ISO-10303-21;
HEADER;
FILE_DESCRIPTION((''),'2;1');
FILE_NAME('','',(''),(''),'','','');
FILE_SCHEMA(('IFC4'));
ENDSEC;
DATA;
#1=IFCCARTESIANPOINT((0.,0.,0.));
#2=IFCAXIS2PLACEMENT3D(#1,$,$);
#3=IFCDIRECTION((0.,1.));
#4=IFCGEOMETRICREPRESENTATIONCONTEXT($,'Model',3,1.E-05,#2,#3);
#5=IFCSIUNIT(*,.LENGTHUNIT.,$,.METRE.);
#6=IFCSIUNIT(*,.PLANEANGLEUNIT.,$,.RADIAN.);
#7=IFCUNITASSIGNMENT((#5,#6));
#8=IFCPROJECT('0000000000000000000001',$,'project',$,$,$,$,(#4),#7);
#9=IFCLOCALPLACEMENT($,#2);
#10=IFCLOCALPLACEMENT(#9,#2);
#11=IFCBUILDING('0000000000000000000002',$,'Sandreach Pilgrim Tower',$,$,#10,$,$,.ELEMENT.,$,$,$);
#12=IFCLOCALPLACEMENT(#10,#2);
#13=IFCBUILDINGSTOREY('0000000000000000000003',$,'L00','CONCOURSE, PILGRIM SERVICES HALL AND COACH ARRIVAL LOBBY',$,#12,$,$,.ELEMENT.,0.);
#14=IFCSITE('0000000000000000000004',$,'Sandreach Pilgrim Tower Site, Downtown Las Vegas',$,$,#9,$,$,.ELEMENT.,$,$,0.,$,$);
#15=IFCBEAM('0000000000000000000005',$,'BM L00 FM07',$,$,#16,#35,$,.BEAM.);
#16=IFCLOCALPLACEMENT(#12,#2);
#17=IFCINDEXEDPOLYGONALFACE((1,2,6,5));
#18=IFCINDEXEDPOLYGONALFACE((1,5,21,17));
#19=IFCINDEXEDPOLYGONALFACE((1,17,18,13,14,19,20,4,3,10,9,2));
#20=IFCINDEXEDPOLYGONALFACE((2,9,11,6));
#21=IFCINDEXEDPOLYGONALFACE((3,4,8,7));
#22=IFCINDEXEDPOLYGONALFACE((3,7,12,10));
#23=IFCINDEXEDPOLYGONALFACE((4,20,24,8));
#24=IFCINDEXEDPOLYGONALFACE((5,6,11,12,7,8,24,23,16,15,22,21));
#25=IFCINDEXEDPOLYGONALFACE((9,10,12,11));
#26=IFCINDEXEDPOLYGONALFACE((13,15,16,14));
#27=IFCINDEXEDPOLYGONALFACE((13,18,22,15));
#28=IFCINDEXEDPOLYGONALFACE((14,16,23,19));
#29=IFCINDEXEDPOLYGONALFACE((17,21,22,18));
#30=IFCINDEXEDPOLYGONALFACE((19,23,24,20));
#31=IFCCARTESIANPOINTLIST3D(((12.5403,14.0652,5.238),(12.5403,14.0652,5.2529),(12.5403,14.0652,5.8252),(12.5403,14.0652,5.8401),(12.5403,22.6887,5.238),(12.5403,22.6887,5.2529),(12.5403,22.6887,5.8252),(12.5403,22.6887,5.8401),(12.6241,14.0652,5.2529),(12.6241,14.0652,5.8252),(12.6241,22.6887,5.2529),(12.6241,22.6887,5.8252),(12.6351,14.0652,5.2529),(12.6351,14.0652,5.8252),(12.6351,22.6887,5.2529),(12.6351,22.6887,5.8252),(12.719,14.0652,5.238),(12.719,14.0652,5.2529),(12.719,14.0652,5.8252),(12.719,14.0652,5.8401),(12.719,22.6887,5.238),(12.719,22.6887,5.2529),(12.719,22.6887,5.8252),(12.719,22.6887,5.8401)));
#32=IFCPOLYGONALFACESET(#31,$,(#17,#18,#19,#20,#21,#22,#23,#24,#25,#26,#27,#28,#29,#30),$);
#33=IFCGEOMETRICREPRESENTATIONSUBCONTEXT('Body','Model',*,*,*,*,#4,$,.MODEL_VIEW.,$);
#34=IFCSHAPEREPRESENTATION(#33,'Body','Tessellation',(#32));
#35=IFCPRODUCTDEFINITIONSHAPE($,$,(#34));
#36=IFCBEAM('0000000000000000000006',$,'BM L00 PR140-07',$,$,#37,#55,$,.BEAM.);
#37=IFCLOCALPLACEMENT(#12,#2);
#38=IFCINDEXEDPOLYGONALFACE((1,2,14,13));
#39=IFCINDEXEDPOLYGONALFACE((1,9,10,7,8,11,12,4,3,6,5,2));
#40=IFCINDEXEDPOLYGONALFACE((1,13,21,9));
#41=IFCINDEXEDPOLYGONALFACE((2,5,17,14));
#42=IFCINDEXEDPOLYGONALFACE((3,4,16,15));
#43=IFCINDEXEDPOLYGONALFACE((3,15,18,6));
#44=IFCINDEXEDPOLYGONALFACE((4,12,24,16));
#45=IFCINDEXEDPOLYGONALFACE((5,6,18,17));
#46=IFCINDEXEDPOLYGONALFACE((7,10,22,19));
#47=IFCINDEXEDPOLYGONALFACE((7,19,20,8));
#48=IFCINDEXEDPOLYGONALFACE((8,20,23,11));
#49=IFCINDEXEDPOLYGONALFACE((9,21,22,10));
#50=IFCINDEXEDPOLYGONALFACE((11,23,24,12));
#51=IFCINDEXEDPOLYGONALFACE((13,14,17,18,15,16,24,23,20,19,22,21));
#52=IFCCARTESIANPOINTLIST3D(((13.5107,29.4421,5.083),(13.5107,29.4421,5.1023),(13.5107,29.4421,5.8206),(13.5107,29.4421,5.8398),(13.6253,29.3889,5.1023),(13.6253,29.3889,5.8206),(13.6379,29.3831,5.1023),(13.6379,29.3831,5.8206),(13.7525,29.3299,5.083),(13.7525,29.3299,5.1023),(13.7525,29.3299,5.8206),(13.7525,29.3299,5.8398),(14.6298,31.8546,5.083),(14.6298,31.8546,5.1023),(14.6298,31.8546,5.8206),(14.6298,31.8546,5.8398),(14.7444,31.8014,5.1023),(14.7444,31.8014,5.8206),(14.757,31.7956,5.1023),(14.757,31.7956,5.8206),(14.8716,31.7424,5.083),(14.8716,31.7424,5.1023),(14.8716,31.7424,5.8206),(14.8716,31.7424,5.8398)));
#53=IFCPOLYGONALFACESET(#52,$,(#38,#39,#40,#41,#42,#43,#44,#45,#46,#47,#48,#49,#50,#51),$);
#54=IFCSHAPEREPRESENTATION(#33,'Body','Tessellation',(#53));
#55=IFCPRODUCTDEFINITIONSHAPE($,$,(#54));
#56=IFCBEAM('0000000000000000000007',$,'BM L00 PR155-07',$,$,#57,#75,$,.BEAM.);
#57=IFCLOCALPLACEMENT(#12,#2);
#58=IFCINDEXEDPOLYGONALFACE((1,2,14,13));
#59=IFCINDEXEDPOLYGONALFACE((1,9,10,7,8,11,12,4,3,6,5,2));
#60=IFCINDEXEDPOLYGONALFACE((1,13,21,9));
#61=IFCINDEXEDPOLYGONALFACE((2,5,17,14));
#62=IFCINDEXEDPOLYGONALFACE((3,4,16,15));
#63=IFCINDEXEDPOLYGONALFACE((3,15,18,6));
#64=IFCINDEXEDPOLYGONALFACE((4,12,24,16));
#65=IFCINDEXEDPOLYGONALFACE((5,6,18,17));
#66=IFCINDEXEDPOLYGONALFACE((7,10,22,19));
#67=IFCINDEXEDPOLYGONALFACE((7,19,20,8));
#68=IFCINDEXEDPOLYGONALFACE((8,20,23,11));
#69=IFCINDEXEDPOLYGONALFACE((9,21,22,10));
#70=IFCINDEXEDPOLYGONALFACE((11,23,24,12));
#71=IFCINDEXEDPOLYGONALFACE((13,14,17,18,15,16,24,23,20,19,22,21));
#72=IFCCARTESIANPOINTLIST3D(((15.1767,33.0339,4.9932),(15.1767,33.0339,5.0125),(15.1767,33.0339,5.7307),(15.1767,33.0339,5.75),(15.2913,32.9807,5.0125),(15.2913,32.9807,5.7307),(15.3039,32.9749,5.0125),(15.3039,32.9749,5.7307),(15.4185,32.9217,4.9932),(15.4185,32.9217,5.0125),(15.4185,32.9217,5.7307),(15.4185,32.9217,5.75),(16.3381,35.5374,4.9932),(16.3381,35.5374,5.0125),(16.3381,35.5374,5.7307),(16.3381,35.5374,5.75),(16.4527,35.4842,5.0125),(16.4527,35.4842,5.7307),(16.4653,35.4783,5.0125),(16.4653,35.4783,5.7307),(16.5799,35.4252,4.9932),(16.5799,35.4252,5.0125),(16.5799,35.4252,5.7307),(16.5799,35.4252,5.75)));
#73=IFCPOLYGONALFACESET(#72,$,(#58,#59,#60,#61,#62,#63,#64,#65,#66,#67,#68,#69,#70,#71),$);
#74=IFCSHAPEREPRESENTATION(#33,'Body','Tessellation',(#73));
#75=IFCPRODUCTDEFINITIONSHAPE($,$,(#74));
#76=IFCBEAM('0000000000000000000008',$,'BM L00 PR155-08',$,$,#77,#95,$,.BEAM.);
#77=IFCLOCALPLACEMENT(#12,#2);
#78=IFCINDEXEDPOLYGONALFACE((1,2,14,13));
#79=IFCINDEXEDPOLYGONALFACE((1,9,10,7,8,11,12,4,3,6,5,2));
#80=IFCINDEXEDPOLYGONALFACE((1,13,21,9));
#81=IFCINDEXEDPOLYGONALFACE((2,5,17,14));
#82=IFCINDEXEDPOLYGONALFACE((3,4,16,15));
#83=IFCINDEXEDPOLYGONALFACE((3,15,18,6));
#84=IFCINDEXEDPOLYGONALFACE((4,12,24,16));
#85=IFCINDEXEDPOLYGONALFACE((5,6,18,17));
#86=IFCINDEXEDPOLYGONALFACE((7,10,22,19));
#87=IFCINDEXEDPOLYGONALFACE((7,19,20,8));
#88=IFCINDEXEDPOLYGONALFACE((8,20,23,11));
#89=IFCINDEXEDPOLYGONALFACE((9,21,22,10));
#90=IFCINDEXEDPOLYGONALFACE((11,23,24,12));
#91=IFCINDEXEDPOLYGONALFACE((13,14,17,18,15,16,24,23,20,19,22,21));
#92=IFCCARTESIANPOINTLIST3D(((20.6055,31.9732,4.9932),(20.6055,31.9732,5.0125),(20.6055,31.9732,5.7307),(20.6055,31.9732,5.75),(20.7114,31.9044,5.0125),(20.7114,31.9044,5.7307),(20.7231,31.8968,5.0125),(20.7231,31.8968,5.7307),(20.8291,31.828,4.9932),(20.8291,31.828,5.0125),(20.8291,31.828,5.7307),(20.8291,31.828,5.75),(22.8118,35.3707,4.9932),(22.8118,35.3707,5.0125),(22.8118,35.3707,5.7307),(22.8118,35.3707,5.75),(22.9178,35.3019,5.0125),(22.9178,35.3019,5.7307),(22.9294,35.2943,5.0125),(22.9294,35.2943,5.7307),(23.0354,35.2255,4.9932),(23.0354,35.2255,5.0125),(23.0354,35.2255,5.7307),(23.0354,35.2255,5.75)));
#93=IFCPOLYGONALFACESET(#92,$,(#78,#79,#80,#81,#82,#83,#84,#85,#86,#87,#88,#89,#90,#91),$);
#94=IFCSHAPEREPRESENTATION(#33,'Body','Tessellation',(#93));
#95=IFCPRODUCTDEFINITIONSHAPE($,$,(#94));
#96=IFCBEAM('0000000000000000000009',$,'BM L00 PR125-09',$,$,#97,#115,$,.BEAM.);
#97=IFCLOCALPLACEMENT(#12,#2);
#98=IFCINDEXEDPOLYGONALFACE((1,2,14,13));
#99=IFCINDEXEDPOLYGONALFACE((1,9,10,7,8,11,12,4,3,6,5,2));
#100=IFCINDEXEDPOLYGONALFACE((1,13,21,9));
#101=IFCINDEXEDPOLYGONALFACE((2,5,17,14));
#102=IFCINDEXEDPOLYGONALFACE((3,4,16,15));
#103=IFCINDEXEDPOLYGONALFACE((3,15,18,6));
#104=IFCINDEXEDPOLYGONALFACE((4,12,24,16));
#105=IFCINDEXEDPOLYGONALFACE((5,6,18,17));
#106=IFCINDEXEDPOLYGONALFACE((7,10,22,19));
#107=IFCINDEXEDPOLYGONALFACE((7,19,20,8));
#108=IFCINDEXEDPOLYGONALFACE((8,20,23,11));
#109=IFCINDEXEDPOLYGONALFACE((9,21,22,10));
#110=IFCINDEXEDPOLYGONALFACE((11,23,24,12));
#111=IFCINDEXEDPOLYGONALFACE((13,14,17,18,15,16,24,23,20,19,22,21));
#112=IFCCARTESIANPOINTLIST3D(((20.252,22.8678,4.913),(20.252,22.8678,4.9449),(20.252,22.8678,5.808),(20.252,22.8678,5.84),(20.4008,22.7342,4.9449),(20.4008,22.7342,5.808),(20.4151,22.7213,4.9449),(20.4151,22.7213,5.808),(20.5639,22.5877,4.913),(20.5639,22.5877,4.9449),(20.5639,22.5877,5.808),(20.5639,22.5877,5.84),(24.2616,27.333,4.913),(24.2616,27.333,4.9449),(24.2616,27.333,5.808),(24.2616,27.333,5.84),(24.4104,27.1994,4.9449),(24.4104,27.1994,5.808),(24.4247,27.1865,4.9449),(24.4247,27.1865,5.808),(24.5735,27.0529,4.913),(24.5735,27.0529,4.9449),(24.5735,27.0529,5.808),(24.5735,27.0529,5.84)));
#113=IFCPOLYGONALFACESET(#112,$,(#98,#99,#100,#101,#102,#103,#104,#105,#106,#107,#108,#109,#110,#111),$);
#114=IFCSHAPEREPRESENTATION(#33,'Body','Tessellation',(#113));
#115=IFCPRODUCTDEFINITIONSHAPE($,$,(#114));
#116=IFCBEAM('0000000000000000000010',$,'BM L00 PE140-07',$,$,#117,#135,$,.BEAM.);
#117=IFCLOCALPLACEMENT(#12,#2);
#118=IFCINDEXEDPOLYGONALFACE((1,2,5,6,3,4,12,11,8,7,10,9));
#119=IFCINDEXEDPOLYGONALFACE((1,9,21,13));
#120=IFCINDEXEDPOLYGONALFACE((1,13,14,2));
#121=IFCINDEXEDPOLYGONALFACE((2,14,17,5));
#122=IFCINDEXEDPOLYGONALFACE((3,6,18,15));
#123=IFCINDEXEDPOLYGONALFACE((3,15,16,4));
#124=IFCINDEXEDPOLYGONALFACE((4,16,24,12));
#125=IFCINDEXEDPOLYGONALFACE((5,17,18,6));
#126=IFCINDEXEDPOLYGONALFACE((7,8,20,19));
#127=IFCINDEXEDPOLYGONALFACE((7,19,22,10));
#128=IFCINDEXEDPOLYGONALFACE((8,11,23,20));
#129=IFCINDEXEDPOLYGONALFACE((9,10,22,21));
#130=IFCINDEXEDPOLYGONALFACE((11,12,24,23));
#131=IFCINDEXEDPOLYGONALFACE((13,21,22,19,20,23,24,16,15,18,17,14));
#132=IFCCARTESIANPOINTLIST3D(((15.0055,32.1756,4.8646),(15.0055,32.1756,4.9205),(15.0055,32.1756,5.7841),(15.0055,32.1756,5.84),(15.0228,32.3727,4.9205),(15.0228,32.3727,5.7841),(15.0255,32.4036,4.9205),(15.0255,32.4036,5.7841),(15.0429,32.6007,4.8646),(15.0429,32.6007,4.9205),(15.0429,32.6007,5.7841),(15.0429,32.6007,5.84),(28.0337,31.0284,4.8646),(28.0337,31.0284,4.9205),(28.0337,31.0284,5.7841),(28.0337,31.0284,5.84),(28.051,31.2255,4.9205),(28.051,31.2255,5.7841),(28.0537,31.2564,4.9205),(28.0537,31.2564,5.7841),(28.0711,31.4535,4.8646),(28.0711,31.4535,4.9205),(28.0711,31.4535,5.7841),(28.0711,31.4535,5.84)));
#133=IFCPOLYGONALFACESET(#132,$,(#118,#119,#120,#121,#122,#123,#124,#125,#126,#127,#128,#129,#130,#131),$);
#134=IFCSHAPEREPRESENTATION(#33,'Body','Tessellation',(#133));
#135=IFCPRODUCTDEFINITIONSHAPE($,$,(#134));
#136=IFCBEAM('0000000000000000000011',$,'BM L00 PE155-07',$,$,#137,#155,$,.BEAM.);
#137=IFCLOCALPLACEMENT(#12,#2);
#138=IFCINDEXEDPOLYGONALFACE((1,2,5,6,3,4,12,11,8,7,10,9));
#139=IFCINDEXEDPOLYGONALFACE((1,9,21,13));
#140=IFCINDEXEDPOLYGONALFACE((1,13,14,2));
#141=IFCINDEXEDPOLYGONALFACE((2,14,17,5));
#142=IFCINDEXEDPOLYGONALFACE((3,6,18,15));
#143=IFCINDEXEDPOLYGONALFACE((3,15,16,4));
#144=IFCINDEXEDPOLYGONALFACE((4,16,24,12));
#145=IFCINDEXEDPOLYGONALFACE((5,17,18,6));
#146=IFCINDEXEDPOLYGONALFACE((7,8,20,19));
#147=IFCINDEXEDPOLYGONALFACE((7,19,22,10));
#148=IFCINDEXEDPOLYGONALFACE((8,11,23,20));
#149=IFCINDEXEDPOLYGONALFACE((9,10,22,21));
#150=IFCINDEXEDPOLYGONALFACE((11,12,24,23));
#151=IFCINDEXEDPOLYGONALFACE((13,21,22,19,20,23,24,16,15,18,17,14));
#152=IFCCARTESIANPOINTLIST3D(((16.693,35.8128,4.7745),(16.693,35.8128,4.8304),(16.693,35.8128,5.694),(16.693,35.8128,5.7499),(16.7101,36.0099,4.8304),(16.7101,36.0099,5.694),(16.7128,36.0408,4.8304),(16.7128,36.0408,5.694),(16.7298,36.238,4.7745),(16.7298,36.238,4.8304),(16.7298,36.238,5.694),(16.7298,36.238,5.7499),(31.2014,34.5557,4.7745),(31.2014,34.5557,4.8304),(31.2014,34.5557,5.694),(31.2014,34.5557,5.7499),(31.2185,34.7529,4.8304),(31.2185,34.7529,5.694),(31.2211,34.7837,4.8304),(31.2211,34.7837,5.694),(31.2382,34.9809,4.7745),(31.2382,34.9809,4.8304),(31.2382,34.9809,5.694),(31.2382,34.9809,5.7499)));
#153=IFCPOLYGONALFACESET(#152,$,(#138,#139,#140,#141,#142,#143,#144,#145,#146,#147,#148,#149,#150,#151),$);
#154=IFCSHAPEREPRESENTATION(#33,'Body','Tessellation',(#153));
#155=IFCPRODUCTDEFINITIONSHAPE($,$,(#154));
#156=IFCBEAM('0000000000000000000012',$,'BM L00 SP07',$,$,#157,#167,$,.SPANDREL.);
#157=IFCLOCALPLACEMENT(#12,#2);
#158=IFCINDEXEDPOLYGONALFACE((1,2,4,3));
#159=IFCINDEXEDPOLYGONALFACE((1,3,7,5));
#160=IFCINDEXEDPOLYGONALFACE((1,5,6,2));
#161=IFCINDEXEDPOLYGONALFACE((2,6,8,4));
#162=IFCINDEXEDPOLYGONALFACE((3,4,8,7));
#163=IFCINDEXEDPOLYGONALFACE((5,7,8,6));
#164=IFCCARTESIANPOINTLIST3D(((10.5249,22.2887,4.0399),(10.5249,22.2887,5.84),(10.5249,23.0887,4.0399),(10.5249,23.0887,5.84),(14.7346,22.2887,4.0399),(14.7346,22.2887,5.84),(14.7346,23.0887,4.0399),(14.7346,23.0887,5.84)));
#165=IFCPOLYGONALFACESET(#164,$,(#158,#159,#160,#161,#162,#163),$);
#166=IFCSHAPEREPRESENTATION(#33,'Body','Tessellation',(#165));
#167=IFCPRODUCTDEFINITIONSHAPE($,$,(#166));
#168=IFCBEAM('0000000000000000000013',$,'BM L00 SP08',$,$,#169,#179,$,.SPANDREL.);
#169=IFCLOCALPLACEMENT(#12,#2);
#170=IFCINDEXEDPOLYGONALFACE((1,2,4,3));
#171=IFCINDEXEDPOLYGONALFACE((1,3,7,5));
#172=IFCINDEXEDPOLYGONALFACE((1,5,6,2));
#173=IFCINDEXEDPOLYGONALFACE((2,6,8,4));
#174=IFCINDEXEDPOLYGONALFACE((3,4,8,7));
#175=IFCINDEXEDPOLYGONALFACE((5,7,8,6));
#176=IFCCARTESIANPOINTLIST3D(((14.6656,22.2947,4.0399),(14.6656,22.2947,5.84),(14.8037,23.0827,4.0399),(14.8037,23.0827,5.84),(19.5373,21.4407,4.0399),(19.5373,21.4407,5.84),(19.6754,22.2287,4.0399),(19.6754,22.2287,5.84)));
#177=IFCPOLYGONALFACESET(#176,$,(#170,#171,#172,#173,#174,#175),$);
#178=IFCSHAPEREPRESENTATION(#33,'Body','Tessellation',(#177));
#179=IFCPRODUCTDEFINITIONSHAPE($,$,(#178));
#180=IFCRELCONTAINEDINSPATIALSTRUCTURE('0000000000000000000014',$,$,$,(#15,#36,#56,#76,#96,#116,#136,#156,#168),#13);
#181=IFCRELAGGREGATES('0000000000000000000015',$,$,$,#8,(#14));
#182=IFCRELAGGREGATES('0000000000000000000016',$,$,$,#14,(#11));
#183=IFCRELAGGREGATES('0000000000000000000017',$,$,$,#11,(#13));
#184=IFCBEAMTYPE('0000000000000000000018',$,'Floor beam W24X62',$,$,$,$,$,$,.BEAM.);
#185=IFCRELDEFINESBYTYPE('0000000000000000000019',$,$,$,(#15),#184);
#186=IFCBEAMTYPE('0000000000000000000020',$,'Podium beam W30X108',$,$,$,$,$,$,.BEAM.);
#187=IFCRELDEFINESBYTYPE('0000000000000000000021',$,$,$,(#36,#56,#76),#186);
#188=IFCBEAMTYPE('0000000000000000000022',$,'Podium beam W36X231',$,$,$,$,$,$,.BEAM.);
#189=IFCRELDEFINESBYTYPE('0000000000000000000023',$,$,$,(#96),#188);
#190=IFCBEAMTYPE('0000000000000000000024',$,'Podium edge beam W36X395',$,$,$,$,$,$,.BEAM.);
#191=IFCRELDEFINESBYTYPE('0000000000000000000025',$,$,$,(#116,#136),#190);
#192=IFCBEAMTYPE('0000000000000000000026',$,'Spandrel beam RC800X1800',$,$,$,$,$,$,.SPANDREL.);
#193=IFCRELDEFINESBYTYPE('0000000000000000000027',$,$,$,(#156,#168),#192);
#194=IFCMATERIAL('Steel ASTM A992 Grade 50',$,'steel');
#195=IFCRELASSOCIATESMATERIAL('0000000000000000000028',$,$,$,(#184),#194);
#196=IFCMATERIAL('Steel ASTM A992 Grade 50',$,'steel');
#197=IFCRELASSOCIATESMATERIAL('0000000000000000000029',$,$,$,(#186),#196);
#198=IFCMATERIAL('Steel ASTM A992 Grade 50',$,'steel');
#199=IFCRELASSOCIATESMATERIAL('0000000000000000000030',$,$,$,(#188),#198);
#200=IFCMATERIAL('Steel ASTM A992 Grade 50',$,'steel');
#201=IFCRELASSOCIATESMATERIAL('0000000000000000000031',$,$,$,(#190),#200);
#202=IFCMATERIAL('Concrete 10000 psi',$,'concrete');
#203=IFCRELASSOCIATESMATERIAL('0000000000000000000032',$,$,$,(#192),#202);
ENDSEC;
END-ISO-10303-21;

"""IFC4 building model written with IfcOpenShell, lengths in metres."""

from ifc_helpers import new_model, si_unit, direction, frame, origin, origin_2d, place, context, subcontext, project, spatial, rectangle, i_section, extrude, material, material_profile, profile_set, type_object, element, save


model = new_model("IFC4")

# Units and contexts
model_context = context("Model", 3, precision=1e-05, world=origin(), true_north=direction((0.0, 1.0)))
body_context = subcontext(model_context, "Body", "Model", "MODEL_VIEW")
ifc_project = project(units=[si_unit("LENGTHUNIT", "METRE"), si_unit("PLANEANGLEUNIT", "RADIAN")], contexts=[model_context])

# Site, building, storey
site_placement = place(None, origin())
site = spatial("IfcSite", under=ifc_project, at=site_placement, Name="Sandreach Pilgrim Tower Site, Downtown Las Vegas", CompositionType="ELEMENT", RefElevation=0.0)
building_placement = place(site_placement, origin())
building = spatial("IfcBuilding", under=site, at=building_placement, Name="Sandreach Pilgrim Tower", CompositionType="ELEMENT")
storey_placement = place(building_placement, origin())
storey = spatial("IfcBuildingStorey", under=building, at=storey_placement, Name="L00", Description="CONCOURSE, PILGRIM SERVICES HALL AND COACH ARRIVAL LOBBY", CompositionType="ELEMENT", Elevation=0.0)

# Beams
ifc_material_1 = material(Name="Steel ASTM A992 Grade 50", Category="steel")
ifc_material_profile_1 = material_profile(ifc_material_1, i_section(OverallWidth=0.1787, OverallDepth=0.6021, WebThickness=0.011, FlangeThickness=0.0149, at=origin_2d()), Name="W24X62")
ifc_profile_set_1 = profile_set([ifc_material_profile_1], Name="Steel ASTM A992 Grade 50")
beam_type_1 = type_object("IfcBeamType", Name="Floor beam W24X62", PredefinedType="BEAM", material=ifc_profile_set_1)
beam_1_placement = place(storey_placement, frame((12.6296, 22.6887, 5.5391), z_axis=(0.0, -1.0, 0.0), x_axis=(1.0, 0.0, 0.0)))
element("IfcBeam", 1, at=beam_1_placement, inside=storey, type_object=beam_type_1, Name="BM L00 FM07", PredefinedType="BEAM", context=body_context, shape_type="SweptSolid", body=[
    extrude(i_section(OverallWidth=0.1787, OverallDepth=0.6021, WebThickness=0.011, FlangeThickness=0.0149, at=origin_2d()), origin(), (0.0, 0.0, 1.0), 8.6235),
])
ifc_material_2 = material(Name="Steel ASTM A992 Grade 50", Category="steel")
ifc_material_profile_2 = material_profile(ifc_material_2, i_section(OverallWidth=0.2666, OverallDepth=0.7568, WebThickness=0.0139, FlangeThickness=0.0193, at=origin_2d()), Name="W30X108")
ifc_profile_set_2 = profile_set([ifc_material_profile_2], Name="Steel ASTM A992 Grade 50")
beam_type_2 = type_object("IfcBeamType", Name="Podium beam W30X108", PredefinedType="BEAM", material=ifc_profile_set_2)
beam_2_placement = place(storey_placement, frame((13.6316, 29.386, 5.4614), z_axis=(0.420804, 0.907152, 0.0), x_axis=(-0.907152, 0.420804, 0.0)))
element("IfcBeam", 2, at=beam_2_placement, inside=storey, type_object=beam_type_2, Name="BM L00 PR140-07", PredefinedType="BEAM", context=body_context, shape_type="SweptSolid", body=[
    extrude(i_section(OverallWidth=0.2666, OverallDepth=0.7568, WebThickness=0.0139, FlangeThickness=0.0193, at=origin_2d()), origin(), (0.0, 0.0, 1.0), 2.6594),
])
beam_3_placement = place(storey_placement, frame((15.2976, 32.9778, 5.3716), z_axis=(0.420836, 0.907137, 0.0), x_axis=(-0.907137, 0.420836, 0.0)))
element("IfcBeam", 3, at=beam_3_placement, inside=storey, type_object=beam_type_2, Name="BM L00 PR155-07", PredefinedType="BEAM", context=body_context, shape_type="SweptSolid", body=[
    extrude(i_section(OverallWidth=0.2666, OverallDepth=0.7568, WebThickness=0.0139, FlangeThickness=0.0193, at=origin_2d()), origin(), (0.0, 0.0, 1.0), 2.7598),
])
beam_4_placement = place(storey_placement, frame((20.7173, 31.9006, 5.3716), z_axis=(0.544632, 0.838675, 0.0), x_axis=(-0.838675, 0.544632, 0.0)))
element("IfcBeam", 4, at=beam_4_placement, inside=storey, type_object=beam_type_2, Name="BM L00 PR155-08", PredefinedType="BEAM", context=body_context, shape_type="SweptSolid", body=[
    extrude(i_section(OverallWidth=0.2666, OverallDepth=0.7568, WebThickness=0.0139, FlangeThickness=0.0193, at=origin_2d()), origin(), (0.0, 0.0, 1.0), 4.051),
])
ifc_material_3 = material(Name="Steel ASTM A992 Grade 50", Category="steel")
ifc_material_profile_3 = material_profile(ifc_material_3, i_section(OverallWidth=0.4192, OverallDepth=0.927, WebThickness=0.0193, FlangeThickness=0.032, at=origin_2d()), Name="W36X231")
ifc_profile_set_3 = profile_set([ifc_material_profile_3], Name="Steel ASTM A992 Grade 50")
beam_type_3 = type_object("IfcBeamType", Name="Podium beam W36X231", PredefinedType="BEAM", material=ifc_profile_set_3)
beam_5_placement = place(storey_placement, frame((20.408, 22.7278, 5.3765), z_axis=(0.66813, 0.744044, 0.0), x_axis=(-0.744044, 0.66813, 0.0)))
element("IfcBeam", 5, at=beam_5_placement, inside=storey, type_object=beam_type_3, Name="BM L00 PR125-09", PredefinedType="BEAM", context=body_context, shape_type="SweptSolid", body=[
    extrude(i_section(OverallWidth=0.4192, OverallDepth=0.927, WebThickness=0.0193, FlangeThickness=0.032, at=origin_2d()), origin(), (0.0, 0.0, 1.0), 6.0012),
])
ifc_material_4 = material(Name="Steel ASTM A992 Grade 50", Category="steel")
ifc_material_profile_4 = material_profile(ifc_material_4, i_section(OverallWidth=0.4268, OverallDepth=0.9753, WebThickness=0.031, FlangeThickness=0.0559, at=origin_2d()), Name="W36X395")
ifc_profile_set_4 = profile_set([ifc_material_profile_4], Name="Steel ASTM A992 Grade 50")
beam_type_4 = type_object("IfcBeamType", Name="Podium edge beam W36X395", PredefinedType="BEAM", material=ifc_profile_set_4)
beam_6_placement = place(storey_placement, frame((15.0242, 32.3882, 5.3523), z_axis=(0.996146, -0.087716, 0.0), x_axis=(0.087716, 0.996146, 0.0)))
element("IfcBeam", 6, at=beam_6_placement, inside=storey, type_object=beam_type_4, Name="BM L00 PE140-07", PredefinedType="BEAM", context=body_context, shape_type="SweptSolid", body=[
    extrude(i_section(OverallWidth=0.4268, OverallDepth=0.9753, WebThickness=0.031, FlangeThickness=0.0559, at=origin_2d()), origin(), (0.0, 0.0, 1.0), 13.0786),
])
beam_7_placement = place(storey_placement, frame((16.7114, 36.0254, 5.2622), z_axis=(0.996267, -0.086322, 0.0), x_axis=(0.086322, 0.996267, 0.0)))
element("IfcBeam", 7, at=beam_7_placement, inside=storey, type_object=beam_type_4, Name="BM L00 PE155-07", PredefinedType="BEAM", context=body_context, shape_type="SweptSolid", body=[
    extrude(i_section(OverallWidth=0.4268, OverallDepth=0.9753, WebThickness=0.031, FlangeThickness=0.0559, at=origin_2d()), origin(), (0.0, 0.0, 1.0), 14.5627),
])
ifc_material_5 = material(Name="Concrete 10000 psi", Category="concrete")
ifc_material_profile_5 = material_profile(ifc_material_5, rectangle(XDim=0.8, YDim=1.8, at=origin_2d()), Name="RC800X1800")
ifc_profile_set_5 = profile_set([ifc_material_profile_5], Name="Concrete 10000 psi")
beam_type_5 = type_object("IfcBeamType", Name="Spandrel beam RC800X1800", PredefinedType="SPANDREL", material=ifc_profile_set_5)
beam_8_placement = place(storey_placement, frame((10.5249, 22.6887, 4.9399), z_axis=(1.0, 0.0, 0.0), x_axis=(0.0, 1.0, 0.0)))
element("IfcBeam", 8, at=beam_8_placement, inside=storey, type_object=beam_type_5, Name="BM L00 SP07", PredefinedType="SPANDREL", context=body_context, shape_type="SweptSolid", body=[
    extrude(rectangle(XDim=0.8, YDim=1.8, at=origin_2d()), origin(), (0.0, 0.0, 1.0), 4.2097),
])
beam_9_placement = place(storey_placement, frame((14.7346, 22.6887, 4.9399), z_axis=(0.984981, -0.172662, 0.0), x_axis=(0.172662, 0.984981, 0.0)))
element("IfcBeam", 9, at=beam_9_placement, inside=storey, type_object=beam_type_5, Name="BM L00 SP08", PredefinedType="SPANDREL", context=body_context, shape_type="SweptSolid", body=[
    extrude(rectangle(XDim=0.8, YDim=1.8, at=origin_2d()), origin(), (0.0, 0.0, 1.0), 4.946),
])

save(model, "model.ifc")
